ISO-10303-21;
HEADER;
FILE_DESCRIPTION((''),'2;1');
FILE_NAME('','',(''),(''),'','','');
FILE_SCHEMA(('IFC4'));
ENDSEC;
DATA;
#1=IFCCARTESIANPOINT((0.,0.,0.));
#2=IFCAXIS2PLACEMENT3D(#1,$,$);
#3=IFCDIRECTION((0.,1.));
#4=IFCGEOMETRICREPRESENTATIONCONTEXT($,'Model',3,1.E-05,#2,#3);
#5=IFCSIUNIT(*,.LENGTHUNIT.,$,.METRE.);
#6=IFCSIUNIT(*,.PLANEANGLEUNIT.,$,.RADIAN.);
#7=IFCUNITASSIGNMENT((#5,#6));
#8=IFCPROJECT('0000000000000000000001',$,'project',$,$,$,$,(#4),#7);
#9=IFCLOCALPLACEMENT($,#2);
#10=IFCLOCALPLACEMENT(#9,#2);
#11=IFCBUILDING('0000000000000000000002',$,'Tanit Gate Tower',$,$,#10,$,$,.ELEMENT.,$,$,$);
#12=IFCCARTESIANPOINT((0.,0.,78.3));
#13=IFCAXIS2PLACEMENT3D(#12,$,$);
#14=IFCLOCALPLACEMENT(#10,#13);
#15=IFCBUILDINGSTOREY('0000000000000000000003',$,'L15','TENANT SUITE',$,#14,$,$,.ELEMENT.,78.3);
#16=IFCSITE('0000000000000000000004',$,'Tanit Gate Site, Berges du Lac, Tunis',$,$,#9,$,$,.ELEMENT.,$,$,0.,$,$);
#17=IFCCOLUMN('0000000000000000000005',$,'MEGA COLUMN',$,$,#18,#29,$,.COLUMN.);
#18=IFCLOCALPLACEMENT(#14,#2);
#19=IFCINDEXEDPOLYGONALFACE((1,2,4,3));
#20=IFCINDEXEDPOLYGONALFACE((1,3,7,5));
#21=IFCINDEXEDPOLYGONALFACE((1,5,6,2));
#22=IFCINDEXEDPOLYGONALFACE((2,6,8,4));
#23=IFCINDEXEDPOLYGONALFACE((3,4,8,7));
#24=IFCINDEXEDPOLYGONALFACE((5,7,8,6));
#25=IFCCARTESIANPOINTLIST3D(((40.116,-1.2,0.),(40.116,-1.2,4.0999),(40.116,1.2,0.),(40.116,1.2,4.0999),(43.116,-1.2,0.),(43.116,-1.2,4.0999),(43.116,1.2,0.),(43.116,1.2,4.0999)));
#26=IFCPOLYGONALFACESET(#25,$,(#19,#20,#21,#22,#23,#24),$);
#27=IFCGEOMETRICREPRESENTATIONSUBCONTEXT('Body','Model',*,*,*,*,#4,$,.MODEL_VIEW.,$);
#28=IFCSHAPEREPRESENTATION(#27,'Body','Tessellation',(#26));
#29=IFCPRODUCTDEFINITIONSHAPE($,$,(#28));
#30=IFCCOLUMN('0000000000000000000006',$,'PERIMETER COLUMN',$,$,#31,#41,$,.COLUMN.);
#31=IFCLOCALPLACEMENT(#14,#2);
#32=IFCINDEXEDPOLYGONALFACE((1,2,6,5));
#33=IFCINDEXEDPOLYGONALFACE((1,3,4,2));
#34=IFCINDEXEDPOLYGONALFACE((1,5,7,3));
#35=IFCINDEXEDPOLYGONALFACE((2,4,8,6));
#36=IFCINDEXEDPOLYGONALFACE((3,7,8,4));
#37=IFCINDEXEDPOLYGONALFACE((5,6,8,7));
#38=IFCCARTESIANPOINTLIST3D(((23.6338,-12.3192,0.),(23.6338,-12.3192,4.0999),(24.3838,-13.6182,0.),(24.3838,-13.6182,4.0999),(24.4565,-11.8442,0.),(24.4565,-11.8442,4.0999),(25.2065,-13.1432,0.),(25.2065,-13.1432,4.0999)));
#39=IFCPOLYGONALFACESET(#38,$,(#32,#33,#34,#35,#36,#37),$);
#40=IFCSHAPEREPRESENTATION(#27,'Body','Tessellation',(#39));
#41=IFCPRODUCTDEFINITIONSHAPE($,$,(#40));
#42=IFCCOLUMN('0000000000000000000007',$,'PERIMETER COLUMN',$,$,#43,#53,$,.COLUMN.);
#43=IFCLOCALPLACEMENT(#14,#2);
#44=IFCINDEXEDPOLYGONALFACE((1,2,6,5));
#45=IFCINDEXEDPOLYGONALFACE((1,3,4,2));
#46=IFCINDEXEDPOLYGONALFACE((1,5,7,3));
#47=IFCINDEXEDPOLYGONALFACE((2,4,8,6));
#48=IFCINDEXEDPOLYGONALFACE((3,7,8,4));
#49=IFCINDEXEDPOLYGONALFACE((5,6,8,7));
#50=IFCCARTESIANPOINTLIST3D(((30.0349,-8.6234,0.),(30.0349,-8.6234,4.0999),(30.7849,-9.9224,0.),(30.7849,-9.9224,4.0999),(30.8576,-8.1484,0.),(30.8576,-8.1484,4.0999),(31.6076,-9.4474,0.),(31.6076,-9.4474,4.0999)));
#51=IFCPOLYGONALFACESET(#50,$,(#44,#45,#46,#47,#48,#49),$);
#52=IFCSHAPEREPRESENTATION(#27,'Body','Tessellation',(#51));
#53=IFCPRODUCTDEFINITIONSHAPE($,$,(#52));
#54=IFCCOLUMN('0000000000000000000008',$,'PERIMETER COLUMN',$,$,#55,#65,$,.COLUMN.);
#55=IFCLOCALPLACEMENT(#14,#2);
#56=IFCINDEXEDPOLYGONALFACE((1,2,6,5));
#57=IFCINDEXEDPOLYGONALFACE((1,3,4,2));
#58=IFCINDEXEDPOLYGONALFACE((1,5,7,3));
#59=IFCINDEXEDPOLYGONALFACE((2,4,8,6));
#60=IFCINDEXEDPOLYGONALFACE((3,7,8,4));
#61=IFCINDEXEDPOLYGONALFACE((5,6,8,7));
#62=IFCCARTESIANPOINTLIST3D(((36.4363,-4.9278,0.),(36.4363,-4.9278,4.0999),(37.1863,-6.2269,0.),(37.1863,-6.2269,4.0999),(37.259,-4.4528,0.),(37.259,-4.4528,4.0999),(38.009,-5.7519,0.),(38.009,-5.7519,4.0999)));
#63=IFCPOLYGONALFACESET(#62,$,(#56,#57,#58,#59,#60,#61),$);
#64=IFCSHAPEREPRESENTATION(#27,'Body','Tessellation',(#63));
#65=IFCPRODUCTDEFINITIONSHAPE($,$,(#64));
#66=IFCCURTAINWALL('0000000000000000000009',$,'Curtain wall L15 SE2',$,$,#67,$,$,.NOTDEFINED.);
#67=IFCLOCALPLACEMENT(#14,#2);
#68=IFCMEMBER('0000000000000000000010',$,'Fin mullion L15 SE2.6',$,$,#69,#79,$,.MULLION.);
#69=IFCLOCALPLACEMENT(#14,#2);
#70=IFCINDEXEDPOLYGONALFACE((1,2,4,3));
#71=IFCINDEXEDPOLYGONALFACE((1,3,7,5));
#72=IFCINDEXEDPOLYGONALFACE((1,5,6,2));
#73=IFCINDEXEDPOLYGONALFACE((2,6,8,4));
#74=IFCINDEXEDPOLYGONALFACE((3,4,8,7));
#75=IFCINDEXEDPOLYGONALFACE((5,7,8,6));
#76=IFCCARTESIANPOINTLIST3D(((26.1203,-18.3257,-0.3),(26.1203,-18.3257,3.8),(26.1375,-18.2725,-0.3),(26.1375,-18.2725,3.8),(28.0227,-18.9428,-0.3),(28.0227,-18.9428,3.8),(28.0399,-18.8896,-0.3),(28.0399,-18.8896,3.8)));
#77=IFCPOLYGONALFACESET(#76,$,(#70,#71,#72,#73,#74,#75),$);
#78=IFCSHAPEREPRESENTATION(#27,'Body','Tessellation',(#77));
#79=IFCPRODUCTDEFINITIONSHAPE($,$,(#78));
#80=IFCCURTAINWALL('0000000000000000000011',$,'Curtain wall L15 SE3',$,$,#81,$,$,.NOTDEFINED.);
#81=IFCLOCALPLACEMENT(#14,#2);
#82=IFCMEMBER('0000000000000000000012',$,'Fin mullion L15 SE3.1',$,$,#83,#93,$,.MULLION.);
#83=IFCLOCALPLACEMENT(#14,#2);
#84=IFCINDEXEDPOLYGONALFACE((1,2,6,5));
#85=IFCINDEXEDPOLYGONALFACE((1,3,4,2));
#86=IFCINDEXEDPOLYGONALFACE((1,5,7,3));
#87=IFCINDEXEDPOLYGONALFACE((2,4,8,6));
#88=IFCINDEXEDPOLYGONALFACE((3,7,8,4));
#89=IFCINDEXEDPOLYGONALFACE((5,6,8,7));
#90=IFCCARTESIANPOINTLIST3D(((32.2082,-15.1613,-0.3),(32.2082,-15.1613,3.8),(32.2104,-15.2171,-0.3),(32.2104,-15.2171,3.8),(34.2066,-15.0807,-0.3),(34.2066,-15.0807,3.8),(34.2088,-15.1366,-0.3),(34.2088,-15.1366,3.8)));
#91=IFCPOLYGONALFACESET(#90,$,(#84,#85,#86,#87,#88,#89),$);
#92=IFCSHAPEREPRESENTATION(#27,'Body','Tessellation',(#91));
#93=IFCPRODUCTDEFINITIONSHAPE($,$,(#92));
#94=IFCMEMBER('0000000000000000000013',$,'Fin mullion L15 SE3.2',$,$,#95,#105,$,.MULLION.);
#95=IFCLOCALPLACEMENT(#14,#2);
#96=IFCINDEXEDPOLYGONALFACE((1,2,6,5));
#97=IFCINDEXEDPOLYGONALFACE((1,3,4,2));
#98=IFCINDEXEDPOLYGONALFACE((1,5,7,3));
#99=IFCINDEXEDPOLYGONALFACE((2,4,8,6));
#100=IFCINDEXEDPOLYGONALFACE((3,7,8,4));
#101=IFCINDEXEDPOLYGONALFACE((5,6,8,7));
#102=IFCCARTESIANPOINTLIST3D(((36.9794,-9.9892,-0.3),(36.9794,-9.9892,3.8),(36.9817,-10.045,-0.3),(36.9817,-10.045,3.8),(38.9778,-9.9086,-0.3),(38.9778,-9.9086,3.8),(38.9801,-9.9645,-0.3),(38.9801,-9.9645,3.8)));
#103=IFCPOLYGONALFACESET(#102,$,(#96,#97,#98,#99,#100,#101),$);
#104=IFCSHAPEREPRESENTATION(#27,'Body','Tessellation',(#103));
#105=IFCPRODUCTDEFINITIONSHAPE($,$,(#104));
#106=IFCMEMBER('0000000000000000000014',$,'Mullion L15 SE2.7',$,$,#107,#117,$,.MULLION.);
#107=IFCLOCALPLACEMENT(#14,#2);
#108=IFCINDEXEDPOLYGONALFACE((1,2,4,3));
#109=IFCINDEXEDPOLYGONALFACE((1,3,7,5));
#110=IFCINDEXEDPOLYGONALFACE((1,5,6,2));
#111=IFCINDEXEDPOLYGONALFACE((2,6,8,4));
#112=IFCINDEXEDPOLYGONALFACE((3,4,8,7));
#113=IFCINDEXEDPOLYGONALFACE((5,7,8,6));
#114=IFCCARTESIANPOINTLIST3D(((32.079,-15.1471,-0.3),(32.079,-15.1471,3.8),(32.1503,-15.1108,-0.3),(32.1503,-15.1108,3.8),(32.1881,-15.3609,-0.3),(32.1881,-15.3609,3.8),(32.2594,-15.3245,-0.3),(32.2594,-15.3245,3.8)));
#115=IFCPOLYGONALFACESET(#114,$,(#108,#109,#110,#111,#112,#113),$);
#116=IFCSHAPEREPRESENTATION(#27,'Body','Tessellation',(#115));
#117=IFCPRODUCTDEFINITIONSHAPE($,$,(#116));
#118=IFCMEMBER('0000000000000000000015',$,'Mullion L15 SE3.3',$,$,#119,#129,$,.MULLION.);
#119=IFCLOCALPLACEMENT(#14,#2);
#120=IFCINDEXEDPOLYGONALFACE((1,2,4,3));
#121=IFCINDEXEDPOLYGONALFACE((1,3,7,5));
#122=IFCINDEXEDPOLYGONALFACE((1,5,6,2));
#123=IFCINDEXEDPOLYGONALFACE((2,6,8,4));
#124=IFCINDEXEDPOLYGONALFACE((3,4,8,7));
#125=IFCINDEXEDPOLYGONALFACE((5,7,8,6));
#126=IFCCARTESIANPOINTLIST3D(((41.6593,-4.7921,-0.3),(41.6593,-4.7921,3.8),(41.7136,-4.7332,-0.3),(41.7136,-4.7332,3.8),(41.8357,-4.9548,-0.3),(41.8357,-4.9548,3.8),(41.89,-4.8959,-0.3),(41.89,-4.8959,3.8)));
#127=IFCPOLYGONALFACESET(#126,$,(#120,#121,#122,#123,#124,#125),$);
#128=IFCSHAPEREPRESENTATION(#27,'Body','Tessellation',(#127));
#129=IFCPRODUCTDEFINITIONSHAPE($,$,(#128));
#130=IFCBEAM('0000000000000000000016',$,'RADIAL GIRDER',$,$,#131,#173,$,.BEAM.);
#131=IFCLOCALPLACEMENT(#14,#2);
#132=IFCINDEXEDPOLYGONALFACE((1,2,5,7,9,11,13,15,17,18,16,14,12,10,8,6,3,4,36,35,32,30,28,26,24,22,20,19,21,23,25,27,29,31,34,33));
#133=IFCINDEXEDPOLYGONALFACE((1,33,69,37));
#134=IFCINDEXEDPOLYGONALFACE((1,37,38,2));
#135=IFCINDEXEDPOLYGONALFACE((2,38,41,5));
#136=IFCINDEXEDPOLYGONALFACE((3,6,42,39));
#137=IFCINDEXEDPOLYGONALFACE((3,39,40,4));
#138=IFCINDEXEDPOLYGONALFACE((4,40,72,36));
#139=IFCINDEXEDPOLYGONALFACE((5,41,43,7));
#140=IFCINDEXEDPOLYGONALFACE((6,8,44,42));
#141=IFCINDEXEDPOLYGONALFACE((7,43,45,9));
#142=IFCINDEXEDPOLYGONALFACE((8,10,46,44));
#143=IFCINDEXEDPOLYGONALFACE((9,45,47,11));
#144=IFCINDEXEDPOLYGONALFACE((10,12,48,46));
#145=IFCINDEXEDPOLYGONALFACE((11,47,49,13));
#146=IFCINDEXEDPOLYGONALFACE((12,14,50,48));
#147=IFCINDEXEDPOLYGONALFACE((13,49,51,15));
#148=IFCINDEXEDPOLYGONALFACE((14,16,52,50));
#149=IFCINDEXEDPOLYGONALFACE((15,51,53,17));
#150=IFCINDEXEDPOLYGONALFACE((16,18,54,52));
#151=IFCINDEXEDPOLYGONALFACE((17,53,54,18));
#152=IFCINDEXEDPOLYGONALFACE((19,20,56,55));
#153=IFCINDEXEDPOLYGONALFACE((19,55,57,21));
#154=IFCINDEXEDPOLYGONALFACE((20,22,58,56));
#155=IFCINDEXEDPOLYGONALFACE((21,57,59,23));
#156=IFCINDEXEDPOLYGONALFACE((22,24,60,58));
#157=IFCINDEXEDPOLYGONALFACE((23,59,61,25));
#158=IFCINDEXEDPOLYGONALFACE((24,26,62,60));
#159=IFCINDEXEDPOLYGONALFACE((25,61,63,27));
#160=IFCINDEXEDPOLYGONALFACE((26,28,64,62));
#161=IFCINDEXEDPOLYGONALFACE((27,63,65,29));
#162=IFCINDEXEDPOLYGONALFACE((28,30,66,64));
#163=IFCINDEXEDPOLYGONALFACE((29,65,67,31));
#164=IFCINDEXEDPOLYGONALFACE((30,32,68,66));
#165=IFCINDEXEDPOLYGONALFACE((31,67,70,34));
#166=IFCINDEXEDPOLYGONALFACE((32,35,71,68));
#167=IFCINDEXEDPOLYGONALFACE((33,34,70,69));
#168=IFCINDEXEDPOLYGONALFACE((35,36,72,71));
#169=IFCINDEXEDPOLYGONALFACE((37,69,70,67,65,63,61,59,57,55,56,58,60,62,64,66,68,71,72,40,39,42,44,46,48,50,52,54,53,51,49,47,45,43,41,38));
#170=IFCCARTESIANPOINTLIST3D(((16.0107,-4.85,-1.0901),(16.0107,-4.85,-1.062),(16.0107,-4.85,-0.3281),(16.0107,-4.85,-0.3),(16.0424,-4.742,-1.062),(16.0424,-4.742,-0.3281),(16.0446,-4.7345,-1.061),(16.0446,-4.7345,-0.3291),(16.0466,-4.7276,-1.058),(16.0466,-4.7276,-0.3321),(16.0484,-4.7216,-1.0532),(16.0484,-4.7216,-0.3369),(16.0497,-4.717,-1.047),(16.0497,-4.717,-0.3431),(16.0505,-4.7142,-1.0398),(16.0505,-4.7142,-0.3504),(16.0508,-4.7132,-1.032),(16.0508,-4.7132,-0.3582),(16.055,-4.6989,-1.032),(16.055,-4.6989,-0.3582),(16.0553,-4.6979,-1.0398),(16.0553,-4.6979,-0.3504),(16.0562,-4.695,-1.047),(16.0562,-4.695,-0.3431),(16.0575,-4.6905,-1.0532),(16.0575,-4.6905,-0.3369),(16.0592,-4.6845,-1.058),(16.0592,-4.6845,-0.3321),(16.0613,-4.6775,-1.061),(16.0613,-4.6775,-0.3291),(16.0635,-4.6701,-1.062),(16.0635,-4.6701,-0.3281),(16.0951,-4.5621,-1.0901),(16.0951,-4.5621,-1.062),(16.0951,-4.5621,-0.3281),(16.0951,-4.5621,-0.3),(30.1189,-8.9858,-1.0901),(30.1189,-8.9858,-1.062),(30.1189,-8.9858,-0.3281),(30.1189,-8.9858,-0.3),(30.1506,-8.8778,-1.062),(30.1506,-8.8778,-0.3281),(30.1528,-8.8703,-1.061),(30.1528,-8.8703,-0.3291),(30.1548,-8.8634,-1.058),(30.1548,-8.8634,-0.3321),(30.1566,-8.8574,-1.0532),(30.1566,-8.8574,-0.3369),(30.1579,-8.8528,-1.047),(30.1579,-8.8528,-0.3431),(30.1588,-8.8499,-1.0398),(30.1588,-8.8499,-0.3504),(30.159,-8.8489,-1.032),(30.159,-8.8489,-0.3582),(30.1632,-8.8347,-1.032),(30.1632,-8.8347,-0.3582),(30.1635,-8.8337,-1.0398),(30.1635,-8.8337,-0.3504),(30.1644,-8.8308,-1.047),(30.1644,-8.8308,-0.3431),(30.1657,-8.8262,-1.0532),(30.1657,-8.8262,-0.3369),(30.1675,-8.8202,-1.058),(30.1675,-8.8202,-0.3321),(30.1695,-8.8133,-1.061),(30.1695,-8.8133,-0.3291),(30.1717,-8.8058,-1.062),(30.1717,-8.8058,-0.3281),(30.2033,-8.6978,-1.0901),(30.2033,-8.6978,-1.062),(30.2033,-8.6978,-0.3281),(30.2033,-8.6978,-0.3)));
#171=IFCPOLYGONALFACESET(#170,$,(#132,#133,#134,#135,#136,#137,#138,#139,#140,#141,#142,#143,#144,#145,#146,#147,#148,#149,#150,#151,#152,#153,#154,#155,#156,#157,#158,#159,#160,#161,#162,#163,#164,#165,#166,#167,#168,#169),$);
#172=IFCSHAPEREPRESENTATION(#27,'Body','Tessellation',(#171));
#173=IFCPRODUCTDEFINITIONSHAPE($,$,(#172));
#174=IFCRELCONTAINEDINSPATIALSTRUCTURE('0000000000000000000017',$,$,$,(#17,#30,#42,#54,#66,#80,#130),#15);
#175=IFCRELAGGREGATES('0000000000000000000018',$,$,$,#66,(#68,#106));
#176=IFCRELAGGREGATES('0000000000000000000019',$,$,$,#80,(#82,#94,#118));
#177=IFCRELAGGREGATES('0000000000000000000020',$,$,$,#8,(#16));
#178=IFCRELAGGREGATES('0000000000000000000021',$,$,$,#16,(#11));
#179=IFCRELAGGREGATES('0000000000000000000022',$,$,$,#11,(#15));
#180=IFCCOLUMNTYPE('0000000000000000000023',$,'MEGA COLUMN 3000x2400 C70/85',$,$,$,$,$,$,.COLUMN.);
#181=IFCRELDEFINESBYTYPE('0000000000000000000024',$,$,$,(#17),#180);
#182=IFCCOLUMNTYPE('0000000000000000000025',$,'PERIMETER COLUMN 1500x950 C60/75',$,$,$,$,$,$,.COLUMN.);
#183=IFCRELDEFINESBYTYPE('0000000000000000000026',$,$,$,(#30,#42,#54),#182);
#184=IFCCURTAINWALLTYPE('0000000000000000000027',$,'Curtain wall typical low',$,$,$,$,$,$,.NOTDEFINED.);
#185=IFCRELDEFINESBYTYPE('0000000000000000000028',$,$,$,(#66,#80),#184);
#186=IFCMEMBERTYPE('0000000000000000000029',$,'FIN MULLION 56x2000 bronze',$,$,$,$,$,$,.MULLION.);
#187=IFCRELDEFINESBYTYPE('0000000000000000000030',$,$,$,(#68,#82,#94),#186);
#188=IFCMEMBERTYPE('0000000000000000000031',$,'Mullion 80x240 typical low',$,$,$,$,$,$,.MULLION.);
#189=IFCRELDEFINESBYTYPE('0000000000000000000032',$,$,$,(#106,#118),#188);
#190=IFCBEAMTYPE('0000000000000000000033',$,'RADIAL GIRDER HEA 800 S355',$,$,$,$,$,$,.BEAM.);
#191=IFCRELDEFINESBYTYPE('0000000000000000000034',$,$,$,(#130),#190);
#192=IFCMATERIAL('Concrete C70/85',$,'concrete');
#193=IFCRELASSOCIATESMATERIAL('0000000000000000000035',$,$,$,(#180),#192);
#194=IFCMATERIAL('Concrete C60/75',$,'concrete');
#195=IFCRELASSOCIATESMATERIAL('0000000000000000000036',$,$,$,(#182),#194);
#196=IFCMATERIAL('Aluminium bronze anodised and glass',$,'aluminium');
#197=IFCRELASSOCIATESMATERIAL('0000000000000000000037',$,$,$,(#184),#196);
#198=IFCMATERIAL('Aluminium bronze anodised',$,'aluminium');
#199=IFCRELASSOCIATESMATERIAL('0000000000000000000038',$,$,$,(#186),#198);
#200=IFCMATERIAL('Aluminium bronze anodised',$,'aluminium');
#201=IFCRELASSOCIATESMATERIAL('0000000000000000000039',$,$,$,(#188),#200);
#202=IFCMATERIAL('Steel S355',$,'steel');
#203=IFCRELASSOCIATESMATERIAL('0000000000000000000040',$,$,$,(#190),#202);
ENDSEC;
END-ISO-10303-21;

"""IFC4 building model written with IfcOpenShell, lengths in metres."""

from ifc_helpers import new_model, si_unit, direction, frame, origin, origin_2d, place, context, subcontext, project, spatial, rectangle, i_section, extrude, material, material_profile, profile_set, type_object, element, aggregate, save


model = new_model("IFC4")

# Units and contexts
model_context = context("Model", 3, precision=1e-05, world=origin(), true_north=direction((0.0, 1.0)))
body_context = subcontext(model_context, "Body", "Model", "MODEL_VIEW")
ifc_project = project(units=[si_unit("LENGTHUNIT", "METRE"), si_unit("PLANEANGLEUNIT", "RADIAN")], contexts=[model_context])

# Site, building, storey
site_placement = place(None, origin())
site = spatial("IfcSite", under=ifc_project, at=site_placement, Name="Tanit Gate Site, Berges du Lac, Tunis", CompositionType="ELEMENT", RefElevation=0.0)
building_placement = place(site_placement, origin())
building = spatial("IfcBuilding", under=site, at=building_placement, Name="Tanit Gate Tower", CompositionType="ELEMENT")
storey_placement = place(building_placement, frame((0.0, 0.0, 78.3)))
storey = spatial("IfcBuildingStorey", under=building, at=storey_placement, Name="L15", Description="TENANT SUITE", CompositionType="ELEMENT", Elevation=78.3)

# Columns
ifc_material_1 = material(Name="Concrete C70/85", Category="concrete")
ifc_material_profile_1 = material_profile(ifc_material_1, rectangle(XDim=3.0, YDim=2.3999, at=origin_2d()), Name="RC 3000x2400")
ifc_profile_set_1 = profile_set([ifc_material_profile_1], Name="Concrete C70/85")
column_type_1 = type_object("IfcColumnType", Name="MEGA COLUMN 3000x2400 C70/85", PredefinedType="COLUMN", material=ifc_profile_set_1)
column_placement = place(storey_placement, frame((41.616, 0.0, 0.0), z_axis=(0.0, 0.0, 1.0), x_axis=(1.0, 0.0, 0.0)))
element("IfcColumn", 1, at=column_placement, inside=storey, type_object=column_type_1, Name="MEGA COLUMN", PredefinedType="COLUMN", context=body_context, shape_type="SweptSolid", body=[
    extrude(rectangle(XDim=3.0, YDim=2.3999, at=origin_2d()), origin(), (0.0, 0.0, 1.0), 4.0999),
])
ifc_material_2 = material(Name="Concrete C60/75", Category="concrete")
ifc_material_profile_2 = material_profile(ifc_material_2, rectangle(XDim=1.5, YDim=0.95, at=origin_2d()), Name="RC 1500x950")
ifc_profile_set_2 = profile_set([ifc_material_profile_2], Name="Concrete C60/75")
column_type_2 = type_object("IfcColumnType", Name="PERIMETER COLUMN 1500x950 C60/75", PredefinedType="COLUMN", material=ifc_profile_set_2)
for number, where, z_axis, x_axis, name in (
    (2, (24.4202, -12.7312, 0.0), (0.0, 0.0, 1.0), (0.5, -0.866025, 0.0), "PERIMETER COLUMN"),
    (3, (30.8213, -9.0354, 0.0), (0.0, 0.0, 1.0), (0.5, -0.866025, 0.0), "PERIMETER COLUMN"),
    (4, (37.2227, -5.3398, 0.0), (0.0, 0.0, 1.0), (0.5, -0.866025, 0.0), "PERIMETER COLUMN"),
):
    element("IfcColumn", number, at=place(storey_placement, frame(where, z_axis=z_axis, x_axis=x_axis)), inside=storey, type_object=column_type_2, Name=name, PredefinedType="COLUMN", context=body_context, shape_type="SweptSolid", body=[
        extrude(rectangle(XDim=1.5, YDim=0.95, at=origin_2d()), origin(), (0.0, 0.0, 1.0), 4.0999),
    ])

# Curtain wall, member
ifc_material_3 = material(Name="Aluminium bronze anodised and glass", Category="aluminium")
curtain_wall_type = type_object("IfcCurtainWallType", Name="Curtain wall typical low", PredefinedType="NOTDEFINED", material=ifc_material_3)
curtain_wall_1_placement = place(storey_placement, origin())
curtain_wall_1 = element("IfcCurtainWall", 5, at=curtain_wall_1_placement, inside=storey, type_object=curtain_wall_type, Name="Curtain wall L15 SE2", PredefinedType="NOTDEFINED")
ifc_material_4 = material(Name="Aluminium bronze anodised", Category="aluminium")
ifc_material_profile_3 = material_profile(ifc_material_4, rectangle(XDim=2.0, YDim=0.0559, at=origin_2d()), Name="56x2000 bronze fin mullion")
ifc_profile_set_3 = profile_set([ifc_material_profile_3], Name="Aluminium bronze anodised")
member_type_1 = type_object("IfcMemberType", Name="FIN MULLION 56x2000 bronze", PredefinedType="MULLION", material=ifc_profile_set_3)
member_1_placement = place(storey_placement, frame((27.0801, -18.6077, -0.3), z_axis=(0.0, 0.0, 1.0), x_axis=(-0.951202, 0.308568, 0.0)))
member_1 = element("IfcMember", 6, at=member_1_placement, type_object=member_type_1, Name="Fin mullion L15 SE2.6", PredefinedType="MULLION", context=body_context, shape_type="SweptSolid", body=[
    extrude(rectangle(XDim=2.0, YDim=0.0559, at=origin_2d()), origin(), (0.0, 0.0, 1.0), 4.1001),
])

# Curtain wall, members
curtain_wall_2_placement = place(storey_placement, origin())
curtain_wall_2 = element("IfcCurtainWall", 7, at=curtain_wall_2_placement, inside=storey, type_object=curtain_wall_type, Name="Curtain wall L15 SE3", PredefinedType="NOTDEFINED")
member_2_placement = place(storey_placement, frame((33.2085, -15.1489, -0.3), z_axis=(0.0, 0.0, 1.0), x_axis=(-0.999189, -0.040277, 0.0)))
member_2 = element("IfcMember", 8, at=member_2_placement, type_object=member_type_1, Name="Fin mullion L15 SE3.1", PredefinedType="MULLION", context=body_context, shape_type="SweptSolid", body=[
    extrude(rectangle(XDim=2.0, YDim=0.0559, at=origin_2d()), origin(), (0.0, 0.0, 1.0), 4.1001),
])
member_3_placement = place(storey_placement, frame((37.9797, -9.9768, -0.3), z_axis=(0.0, 0.0, 1.0), x_axis=(-0.999189, -0.040277, 0.0)))
member_3 = element("IfcMember", 9, at=member_3_placement, type_object=member_type_1, Name="Fin mullion L15 SE3.2", PredefinedType="MULLION", context=body_context, shape_type="SweptSolid", body=[
    extrude(rectangle(XDim=2.0, YDim=0.0559, at=origin_2d()), origin(), (0.0, 0.0, 1.0), 4.1001),
])

# Members
ifc_material_5 = material(Name="Aluminium bronze anodised", Category="aluminium")
ifc_material_profile_4 = material_profile(ifc_material_5, rectangle(XDim=0.24, YDim=0.0801, at=origin_2d()), Name="80x240 bronze mullion")
ifc_profile_set_4 = profile_set([ifc_material_profile_4], Name="Aluminium bronze anodised")
member_type_2 = type_object("IfcMemberType", Name="Mullion 80x240 typical low", PredefinedType="MULLION", material=ifc_profile_set_4)
member_4_placement = place(storey_placement, frame((32.1692, -15.2358, -0.3), z_axis=(0.0, 0.0, 1.0), x_axis=(-0.454411, 0.890792, 0.0)))
member_4 = element("IfcMember", 10, at=member_4_placement, type_object=member_type_2, Name="Mullion L15 SE2.7", PredefinedType="MULLION", context=body_context, shape_type="SweptSolid", body=[
    extrude(rectangle(XDim=0.24, YDim=0.0801, at=origin_2d()), origin(), (0.0, 0.0, 1.0), 4.1001),
])
member_5_placement = place(storey_placement, frame((41.7747, -4.844, -0.3), z_axis=(0.0, 0.0, 1.0), x_axis=(-0.735013, 0.678053, 0.0)))
member_5 = element("IfcMember", 11, at=member_5_placement, type_object=member_type_2, Name="Mullion L15 SE3.3", PredefinedType="MULLION", context=body_context, shape_type="SweptSolid", body=[
    extrude(rectangle(XDim=0.24, YDim=0.0801, at=origin_2d()), origin(), (0.0, 0.0, 1.0), 4.1001),
])

# Beam
ifc_material_6 = material(Name="Steel S355", Category="steel")
ifc_material_profile_5 = material_profile(ifc_material_6, i_section(OverallWidth=0.3, OverallDepth=0.79, WebThickness=0.0149, FlangeThickness=0.0281, FilletRadius=0.03, at=origin_2d()), Name="HEA 800")
ifc_profile_set_5 = profile_set([ifc_material_profile_5], Name="Steel S355")
beam_type_1 = type_object("IfcBeamType", Name="RADIAL GIRDER HEA 800 S355", PredefinedType="BEAM", material=ifc_profile_set_5)
beam_1_placement = place(storey_placement, frame((30.1611, -8.8418, -0.6951), z_axis=(-0.959618, 0.281308, 0.0), x_axis=(-0.281308, -0.959618, 0.0)))
element("IfcBeam", 12, at=beam_1_placement, inside=storey, type_object=beam_type_1, Name="RADIAL GIRDER", PredefinedType="BEAM", context=body_context, shape_type="SweptSolid", body=[
    extrude(i_section(OverallWidth=0.3, OverallDepth=0.79, WebThickness=0.0149, FlangeThickness=0.0281, FilletRadius=0.03, at=origin_2d()), origin(), (0.0, 0.0, 1.0), 14.7019),
])

aggregate(curtain_wall_1, [member_1, member_4])
aggregate(curtain_wall_2, [member_2, member_3, member_5])

save(model, "model.ifc")
